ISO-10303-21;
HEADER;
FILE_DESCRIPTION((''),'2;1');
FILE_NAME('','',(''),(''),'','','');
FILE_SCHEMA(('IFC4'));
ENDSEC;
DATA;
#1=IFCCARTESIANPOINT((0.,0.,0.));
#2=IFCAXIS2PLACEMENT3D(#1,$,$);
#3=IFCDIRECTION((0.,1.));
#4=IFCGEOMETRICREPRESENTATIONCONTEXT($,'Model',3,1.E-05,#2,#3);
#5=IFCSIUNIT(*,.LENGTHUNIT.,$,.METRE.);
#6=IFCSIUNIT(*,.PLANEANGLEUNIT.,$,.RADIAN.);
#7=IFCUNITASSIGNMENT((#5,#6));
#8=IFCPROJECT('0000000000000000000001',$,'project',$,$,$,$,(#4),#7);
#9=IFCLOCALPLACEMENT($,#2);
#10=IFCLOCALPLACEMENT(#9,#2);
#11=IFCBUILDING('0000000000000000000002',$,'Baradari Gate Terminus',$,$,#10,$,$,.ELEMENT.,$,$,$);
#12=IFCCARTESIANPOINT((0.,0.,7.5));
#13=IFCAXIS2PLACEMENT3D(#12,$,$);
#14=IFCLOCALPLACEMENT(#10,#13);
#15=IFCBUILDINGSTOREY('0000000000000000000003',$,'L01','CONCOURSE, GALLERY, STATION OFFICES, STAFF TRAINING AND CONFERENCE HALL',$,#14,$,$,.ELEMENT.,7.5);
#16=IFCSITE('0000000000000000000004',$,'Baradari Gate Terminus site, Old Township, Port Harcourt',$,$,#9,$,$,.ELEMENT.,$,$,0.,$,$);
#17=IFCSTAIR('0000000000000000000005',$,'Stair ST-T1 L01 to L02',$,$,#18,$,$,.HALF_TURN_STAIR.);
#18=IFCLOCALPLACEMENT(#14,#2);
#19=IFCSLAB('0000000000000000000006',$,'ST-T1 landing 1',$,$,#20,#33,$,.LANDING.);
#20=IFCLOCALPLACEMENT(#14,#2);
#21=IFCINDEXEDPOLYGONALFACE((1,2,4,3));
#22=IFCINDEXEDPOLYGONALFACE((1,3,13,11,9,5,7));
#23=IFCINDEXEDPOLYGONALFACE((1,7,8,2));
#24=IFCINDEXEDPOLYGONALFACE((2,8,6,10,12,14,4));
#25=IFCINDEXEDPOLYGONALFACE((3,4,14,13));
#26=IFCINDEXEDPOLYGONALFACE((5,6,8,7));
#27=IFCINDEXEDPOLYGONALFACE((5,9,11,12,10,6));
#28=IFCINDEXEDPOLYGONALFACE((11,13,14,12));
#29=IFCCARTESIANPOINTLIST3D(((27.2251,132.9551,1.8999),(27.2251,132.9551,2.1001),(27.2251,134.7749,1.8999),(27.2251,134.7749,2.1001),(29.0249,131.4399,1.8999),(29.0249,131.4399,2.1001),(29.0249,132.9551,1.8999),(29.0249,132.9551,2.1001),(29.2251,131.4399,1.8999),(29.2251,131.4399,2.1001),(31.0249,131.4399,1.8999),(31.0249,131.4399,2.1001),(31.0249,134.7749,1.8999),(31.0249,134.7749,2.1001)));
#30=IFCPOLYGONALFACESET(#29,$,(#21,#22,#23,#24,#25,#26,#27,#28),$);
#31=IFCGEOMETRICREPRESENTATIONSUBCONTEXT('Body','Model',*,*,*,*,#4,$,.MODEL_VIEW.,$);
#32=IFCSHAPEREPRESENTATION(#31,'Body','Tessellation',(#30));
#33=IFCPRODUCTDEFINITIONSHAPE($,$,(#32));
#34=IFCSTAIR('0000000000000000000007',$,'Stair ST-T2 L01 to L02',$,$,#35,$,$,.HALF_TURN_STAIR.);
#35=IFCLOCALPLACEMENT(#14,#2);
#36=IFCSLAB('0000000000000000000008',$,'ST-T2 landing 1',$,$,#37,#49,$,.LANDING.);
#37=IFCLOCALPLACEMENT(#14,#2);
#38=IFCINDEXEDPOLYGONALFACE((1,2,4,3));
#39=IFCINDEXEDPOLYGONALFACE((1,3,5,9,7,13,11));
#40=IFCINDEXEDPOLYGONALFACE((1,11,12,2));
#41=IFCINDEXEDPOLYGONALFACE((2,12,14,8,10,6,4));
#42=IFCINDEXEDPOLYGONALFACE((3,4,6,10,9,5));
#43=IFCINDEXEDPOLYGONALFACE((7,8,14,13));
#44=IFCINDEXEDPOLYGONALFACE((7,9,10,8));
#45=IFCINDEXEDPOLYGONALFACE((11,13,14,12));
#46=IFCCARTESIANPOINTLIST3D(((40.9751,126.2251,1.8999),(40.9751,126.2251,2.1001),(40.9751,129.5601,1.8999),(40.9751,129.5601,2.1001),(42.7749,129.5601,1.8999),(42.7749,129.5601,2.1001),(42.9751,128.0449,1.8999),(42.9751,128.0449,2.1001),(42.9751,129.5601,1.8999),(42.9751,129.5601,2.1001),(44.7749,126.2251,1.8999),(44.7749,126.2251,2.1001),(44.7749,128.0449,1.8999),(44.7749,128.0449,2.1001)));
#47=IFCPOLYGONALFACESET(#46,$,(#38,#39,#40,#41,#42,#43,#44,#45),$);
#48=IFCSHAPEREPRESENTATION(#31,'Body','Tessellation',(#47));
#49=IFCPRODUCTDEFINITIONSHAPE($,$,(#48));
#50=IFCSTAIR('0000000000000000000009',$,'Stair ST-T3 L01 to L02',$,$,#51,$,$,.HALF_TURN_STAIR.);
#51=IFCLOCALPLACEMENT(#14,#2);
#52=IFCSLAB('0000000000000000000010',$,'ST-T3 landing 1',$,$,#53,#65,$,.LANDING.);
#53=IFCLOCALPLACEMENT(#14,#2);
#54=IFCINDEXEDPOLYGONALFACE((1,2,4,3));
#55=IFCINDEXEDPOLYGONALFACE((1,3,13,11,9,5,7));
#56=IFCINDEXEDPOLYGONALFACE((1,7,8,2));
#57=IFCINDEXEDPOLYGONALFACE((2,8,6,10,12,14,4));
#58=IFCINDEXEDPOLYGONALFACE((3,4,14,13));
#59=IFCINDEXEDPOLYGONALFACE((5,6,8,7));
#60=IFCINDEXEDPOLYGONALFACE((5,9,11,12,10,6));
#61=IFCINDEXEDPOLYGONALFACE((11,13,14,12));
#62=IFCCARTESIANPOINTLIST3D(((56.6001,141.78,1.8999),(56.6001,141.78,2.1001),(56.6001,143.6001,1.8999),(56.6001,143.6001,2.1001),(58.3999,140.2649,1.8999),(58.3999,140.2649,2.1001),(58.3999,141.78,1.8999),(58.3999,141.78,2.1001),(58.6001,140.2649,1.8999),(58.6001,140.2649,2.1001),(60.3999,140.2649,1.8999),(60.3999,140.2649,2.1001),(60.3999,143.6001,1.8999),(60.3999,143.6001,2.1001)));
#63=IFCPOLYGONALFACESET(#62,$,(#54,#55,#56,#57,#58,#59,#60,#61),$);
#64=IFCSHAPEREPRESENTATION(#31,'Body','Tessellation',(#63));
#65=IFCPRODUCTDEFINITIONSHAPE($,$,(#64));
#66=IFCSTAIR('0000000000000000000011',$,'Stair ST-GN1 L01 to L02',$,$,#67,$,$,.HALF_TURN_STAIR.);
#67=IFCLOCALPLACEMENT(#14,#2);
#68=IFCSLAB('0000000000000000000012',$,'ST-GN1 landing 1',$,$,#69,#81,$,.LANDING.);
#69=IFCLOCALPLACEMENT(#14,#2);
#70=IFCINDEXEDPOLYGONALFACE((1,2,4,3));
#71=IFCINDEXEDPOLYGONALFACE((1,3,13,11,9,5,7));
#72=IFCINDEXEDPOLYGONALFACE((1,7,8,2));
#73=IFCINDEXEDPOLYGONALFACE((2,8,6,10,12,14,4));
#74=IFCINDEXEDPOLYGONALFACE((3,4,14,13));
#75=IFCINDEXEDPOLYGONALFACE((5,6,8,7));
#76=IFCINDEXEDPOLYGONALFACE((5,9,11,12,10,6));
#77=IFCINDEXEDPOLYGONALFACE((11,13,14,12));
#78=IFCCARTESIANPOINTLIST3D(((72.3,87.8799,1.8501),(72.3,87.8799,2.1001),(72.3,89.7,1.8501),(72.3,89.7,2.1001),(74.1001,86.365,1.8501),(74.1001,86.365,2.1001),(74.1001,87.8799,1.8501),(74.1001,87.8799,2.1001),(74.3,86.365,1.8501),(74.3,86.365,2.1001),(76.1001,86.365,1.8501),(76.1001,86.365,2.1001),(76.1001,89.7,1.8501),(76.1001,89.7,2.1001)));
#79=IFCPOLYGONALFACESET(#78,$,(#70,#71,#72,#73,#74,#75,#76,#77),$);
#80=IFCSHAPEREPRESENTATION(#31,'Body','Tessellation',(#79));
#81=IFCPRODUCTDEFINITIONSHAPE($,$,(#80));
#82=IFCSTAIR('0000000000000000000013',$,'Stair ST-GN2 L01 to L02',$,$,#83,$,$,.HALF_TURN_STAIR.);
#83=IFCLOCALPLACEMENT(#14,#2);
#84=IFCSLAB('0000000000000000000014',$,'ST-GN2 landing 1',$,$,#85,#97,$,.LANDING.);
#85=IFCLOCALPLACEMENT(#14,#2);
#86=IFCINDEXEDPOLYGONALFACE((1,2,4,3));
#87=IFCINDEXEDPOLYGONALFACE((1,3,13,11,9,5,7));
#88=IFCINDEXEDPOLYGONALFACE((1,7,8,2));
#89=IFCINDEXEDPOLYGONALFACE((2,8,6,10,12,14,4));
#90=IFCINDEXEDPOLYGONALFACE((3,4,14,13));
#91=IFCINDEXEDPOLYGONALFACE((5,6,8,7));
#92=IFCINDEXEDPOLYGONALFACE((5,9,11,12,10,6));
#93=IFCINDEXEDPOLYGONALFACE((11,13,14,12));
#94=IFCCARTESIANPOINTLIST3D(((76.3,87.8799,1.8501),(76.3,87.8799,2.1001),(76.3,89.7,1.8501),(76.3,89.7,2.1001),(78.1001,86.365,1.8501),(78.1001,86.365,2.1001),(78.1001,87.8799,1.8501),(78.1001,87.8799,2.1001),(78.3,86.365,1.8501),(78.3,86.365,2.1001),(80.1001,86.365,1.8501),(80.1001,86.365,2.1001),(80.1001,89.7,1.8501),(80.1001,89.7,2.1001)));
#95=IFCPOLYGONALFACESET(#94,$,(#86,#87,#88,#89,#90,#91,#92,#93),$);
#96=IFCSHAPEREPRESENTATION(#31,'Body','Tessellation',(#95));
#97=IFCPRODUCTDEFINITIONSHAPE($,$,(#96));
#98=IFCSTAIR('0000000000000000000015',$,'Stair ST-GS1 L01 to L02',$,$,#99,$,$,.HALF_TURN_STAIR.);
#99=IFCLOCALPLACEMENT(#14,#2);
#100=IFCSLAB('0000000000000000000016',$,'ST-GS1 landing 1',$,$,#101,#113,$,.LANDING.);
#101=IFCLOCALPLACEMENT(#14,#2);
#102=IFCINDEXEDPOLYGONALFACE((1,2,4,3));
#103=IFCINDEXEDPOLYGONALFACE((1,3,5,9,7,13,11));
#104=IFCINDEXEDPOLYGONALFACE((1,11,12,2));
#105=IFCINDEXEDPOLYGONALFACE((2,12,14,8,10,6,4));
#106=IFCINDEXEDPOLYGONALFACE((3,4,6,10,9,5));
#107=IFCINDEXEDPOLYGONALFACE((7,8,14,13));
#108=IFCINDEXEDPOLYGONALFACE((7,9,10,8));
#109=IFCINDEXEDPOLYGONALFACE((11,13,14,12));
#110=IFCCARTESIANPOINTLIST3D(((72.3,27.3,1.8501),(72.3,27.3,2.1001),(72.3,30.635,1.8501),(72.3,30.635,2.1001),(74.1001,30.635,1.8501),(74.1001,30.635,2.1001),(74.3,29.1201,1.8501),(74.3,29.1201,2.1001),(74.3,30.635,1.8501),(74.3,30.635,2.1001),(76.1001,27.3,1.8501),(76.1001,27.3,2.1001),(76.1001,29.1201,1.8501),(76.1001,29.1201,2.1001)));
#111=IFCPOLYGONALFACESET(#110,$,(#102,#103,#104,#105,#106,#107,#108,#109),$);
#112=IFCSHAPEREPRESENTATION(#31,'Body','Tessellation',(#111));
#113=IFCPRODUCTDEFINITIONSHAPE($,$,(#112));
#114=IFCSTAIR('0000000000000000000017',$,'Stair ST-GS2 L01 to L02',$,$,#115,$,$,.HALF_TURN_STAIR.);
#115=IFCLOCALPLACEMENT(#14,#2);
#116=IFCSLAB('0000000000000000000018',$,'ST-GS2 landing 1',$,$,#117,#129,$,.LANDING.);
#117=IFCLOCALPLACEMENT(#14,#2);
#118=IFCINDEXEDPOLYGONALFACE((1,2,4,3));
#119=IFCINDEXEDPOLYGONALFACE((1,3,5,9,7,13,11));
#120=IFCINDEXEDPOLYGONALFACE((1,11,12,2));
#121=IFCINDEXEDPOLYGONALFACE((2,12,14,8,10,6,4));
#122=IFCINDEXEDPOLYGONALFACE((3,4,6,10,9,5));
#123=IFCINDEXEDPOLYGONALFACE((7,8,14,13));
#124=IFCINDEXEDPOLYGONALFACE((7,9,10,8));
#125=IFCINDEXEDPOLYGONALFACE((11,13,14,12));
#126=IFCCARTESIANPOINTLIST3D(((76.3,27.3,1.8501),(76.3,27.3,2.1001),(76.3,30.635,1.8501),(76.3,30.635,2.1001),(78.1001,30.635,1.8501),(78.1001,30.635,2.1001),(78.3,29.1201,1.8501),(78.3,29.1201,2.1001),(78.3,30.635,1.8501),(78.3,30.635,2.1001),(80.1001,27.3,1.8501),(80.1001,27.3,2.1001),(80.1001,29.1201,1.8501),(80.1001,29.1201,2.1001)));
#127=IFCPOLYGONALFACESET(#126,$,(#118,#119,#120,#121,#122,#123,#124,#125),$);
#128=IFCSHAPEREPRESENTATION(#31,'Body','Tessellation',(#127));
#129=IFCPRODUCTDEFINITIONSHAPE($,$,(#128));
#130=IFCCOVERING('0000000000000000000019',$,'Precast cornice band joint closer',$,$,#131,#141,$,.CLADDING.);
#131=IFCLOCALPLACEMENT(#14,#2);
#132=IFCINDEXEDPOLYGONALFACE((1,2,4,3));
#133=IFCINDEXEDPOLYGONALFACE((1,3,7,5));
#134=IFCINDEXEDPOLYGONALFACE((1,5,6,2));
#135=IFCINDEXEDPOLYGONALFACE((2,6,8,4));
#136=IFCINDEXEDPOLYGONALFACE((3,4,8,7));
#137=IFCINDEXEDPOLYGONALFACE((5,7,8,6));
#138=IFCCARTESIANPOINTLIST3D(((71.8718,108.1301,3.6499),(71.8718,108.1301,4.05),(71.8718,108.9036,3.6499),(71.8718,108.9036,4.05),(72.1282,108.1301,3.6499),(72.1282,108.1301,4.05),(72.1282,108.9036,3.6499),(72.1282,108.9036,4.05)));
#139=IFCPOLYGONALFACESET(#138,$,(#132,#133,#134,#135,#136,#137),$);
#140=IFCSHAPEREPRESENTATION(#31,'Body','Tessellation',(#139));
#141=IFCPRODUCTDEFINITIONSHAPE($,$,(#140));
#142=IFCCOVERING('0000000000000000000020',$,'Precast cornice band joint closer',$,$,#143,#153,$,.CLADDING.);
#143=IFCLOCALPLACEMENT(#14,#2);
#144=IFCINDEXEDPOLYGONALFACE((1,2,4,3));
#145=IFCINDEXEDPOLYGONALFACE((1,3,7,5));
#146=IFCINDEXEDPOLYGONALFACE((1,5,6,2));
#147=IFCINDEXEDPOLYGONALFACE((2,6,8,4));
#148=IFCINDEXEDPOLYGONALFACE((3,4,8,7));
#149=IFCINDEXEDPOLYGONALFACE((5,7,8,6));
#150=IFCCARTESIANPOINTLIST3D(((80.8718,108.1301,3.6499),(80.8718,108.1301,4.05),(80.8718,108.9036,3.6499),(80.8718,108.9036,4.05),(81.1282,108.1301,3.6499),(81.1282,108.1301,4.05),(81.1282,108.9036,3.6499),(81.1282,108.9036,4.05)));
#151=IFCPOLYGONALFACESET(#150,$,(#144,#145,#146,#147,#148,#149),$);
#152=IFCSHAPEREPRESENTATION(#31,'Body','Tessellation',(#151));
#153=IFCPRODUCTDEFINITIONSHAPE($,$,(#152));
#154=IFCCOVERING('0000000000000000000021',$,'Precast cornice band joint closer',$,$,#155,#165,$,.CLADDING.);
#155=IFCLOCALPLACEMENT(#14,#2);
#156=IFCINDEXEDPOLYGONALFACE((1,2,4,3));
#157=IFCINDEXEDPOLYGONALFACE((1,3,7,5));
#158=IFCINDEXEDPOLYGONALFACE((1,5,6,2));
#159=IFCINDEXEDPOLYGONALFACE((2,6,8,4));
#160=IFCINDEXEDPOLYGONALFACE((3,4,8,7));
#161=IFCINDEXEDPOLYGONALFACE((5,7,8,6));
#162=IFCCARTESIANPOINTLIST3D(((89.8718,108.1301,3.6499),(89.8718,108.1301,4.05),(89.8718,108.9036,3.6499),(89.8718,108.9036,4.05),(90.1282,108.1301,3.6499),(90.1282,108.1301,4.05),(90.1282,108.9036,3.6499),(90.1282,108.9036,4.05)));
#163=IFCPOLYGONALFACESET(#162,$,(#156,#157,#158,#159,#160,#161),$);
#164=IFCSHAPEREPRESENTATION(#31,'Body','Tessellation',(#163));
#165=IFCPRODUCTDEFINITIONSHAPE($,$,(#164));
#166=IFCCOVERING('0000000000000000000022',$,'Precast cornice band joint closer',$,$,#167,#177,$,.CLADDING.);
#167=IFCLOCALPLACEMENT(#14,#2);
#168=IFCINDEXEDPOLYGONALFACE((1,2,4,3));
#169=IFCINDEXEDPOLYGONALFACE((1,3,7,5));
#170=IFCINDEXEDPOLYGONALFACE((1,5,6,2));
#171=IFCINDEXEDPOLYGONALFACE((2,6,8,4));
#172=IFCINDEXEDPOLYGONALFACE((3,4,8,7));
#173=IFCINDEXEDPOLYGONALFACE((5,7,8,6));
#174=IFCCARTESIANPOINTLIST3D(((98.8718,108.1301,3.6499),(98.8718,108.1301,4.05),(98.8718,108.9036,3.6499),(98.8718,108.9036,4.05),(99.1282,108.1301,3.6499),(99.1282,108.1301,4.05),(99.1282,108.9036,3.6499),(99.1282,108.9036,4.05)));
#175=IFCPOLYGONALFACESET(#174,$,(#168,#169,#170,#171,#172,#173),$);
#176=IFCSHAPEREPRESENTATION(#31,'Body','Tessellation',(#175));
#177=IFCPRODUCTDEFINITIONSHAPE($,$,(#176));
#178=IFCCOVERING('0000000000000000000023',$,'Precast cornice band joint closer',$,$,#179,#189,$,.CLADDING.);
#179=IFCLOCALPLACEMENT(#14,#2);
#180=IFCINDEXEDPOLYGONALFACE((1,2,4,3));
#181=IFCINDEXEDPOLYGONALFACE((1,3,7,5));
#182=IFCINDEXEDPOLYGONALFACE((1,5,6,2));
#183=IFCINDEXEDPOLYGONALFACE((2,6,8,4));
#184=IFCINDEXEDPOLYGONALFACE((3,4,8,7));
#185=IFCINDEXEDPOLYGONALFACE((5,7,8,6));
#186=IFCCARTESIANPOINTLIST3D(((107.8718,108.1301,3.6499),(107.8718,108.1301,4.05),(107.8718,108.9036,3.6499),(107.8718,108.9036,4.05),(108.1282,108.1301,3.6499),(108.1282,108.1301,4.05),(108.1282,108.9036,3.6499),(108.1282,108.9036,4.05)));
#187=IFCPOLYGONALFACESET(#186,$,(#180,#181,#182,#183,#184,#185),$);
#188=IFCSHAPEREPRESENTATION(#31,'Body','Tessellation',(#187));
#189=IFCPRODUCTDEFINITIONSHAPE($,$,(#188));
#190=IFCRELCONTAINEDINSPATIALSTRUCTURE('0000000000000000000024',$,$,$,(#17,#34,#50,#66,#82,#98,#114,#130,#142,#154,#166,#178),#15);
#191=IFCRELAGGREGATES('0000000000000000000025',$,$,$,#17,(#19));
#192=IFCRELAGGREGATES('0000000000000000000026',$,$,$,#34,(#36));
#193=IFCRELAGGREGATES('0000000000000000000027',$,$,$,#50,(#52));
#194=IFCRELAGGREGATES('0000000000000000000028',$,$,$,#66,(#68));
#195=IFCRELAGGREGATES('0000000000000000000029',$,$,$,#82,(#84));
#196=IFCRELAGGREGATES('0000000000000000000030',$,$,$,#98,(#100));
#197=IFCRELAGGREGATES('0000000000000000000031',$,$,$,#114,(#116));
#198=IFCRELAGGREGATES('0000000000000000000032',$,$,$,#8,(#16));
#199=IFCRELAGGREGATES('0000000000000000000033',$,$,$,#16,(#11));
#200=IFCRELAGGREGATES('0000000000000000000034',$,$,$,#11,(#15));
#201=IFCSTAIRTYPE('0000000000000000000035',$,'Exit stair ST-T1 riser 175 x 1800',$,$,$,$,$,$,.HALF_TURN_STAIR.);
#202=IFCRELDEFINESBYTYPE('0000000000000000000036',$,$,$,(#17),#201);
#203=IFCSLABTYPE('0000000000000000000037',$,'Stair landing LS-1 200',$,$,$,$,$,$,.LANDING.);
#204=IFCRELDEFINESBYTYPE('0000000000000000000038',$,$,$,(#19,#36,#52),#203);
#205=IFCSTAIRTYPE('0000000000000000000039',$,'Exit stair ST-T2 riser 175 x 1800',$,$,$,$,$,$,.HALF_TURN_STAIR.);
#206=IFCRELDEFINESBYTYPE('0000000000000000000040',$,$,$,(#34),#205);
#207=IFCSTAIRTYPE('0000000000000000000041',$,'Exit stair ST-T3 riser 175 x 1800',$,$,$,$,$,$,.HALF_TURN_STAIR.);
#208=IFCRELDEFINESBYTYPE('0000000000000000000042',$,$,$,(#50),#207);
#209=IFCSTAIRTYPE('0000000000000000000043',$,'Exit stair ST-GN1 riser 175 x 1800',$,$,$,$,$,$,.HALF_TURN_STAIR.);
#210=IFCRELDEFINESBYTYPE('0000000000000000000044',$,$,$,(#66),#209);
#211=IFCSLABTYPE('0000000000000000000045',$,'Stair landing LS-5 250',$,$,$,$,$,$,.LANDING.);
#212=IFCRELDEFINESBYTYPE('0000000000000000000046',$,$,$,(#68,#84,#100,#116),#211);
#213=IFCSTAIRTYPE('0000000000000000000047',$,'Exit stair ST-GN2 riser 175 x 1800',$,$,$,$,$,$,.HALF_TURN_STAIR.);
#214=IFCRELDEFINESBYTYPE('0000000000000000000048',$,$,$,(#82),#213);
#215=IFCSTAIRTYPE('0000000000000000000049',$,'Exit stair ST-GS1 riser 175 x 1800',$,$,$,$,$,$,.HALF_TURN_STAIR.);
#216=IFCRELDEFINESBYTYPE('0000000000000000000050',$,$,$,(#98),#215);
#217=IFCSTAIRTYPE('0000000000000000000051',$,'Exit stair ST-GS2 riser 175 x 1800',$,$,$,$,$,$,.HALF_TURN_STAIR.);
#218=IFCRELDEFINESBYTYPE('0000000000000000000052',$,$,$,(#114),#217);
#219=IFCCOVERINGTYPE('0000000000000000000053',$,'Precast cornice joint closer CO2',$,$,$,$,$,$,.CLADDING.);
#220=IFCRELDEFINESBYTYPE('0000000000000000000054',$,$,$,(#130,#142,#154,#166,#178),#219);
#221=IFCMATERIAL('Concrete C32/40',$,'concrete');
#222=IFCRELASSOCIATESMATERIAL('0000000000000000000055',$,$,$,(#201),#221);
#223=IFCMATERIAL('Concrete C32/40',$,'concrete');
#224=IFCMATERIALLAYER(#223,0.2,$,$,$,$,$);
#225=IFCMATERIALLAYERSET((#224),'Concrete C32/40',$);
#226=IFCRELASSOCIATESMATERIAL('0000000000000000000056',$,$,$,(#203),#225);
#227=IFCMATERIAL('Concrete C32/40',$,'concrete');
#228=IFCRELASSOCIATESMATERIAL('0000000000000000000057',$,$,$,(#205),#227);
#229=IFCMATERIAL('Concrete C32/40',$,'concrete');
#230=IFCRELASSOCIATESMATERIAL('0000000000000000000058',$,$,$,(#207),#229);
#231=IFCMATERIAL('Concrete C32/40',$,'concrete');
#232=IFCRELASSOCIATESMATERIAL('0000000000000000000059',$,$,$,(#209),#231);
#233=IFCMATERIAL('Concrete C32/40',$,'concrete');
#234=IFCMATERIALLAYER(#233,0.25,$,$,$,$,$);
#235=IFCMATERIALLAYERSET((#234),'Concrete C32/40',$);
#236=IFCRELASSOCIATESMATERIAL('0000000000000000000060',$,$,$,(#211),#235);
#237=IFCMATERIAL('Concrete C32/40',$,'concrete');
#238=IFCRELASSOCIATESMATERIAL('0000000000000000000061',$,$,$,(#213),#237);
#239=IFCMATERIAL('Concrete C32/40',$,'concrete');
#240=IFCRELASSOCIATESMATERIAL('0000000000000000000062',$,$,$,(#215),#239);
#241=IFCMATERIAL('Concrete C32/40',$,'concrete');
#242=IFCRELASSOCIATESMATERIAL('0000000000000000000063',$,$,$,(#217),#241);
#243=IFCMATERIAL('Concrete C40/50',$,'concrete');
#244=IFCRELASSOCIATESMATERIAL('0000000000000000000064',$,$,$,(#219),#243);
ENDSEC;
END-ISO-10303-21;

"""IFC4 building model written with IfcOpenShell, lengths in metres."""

from ifc_helpers import new_model, si_unit, direction, frame, origin, place, context, subcontext, project, spatial, polyline, outline, extrude, material, layer, layer_set, type_object, element, aggregate, save


model = new_model("IFC4")

# Units and contexts
model_context = context("Model", 3, precision=1e-05, world=origin(), true_north=direction((0.0, 1.0)))
body_context = subcontext(model_context, "Body", "Model", "MODEL_VIEW")
ifc_project = project(units=[si_unit("LENGTHUNIT", "METRE"), si_unit("PLANEANGLEUNIT", "RADIAN")], contexts=[model_context])

# Site, building, storey
site_placement = place(None, origin())
site = spatial("IfcSite", under=ifc_project, at=site_placement, Name="Baradari Gate Terminus site, Old Township, Port Harcourt", CompositionType="ELEMENT", RefElevation=0.0)
building_placement = place(site_placement, origin())
building = spatial("IfcBuilding", under=site, at=building_placement, Name="Baradari Gate Terminus", CompositionType="ELEMENT")
storey_placement = place(building_placement, frame((0.0, 0.0, 7.5)))
storey = spatial("IfcBuildingStorey", under=building, at=storey_placement, Name="L01", Description="CONCOURSE, GALLERY, STATION OFFICES, STAFF TRAINING AND CONFERENCE HALL", CompositionType="ELEMENT", Elevation=7.5)

# Stairs, slabs
ifc_material_1 = material(Name="Concrete C32/40", Category="concrete")
stair_type_1 = type_object("IfcStairType", Name="Exit stair ST-T1 riser 175 x 1800", PredefinedType="HALF_TURN_STAIR", material=ifc_material_1)
stair_1_placement = place(storey_placement, origin())
stair_1 = element("IfcStair", 1, at=stair_1_placement, inside=storey, type_object=stair_type_1, Name="Stair ST-T1 L01 to L02", PredefinedType="HALF_TURN_STAIR")
ifc_material_2 = material(Name="Concrete C32/40", Category="concrete")
ifc_layer_1 = layer(ifc_material_2, 0.2)
ifc_layer_set_1 = layer_set([ifc_layer_1], Name="Concrete C32/40")
slab_type_1 = type_object("IfcSlabType", Name="Stair landing LS-1 200", PredefinedType="LANDING", material=ifc_layer_set_1)
slab_1_placement = place(storey_placement, frame((0.0, 0.0, 1.8999)))
slab_1 = element("IfcSlab", 2, at=slab_1_placement, type_object=slab_type_1, Name="ST-T1 landing 1", PredefinedType="LANDING", context=body_context, shape_type="SweptSolid", body=[
    extrude(outline(polyline([(27.2251, 134.7749), (27.2251, 132.9551), (29.0249, 132.9551), (29.0249, 131.4399), (29.2251, 131.4399), (31.0249, 131.4399), (31.0249, 134.7749), (27.2251, 134.7749)])), origin(), (0.0, 0.0, 1.0), 0.2002),
])
aggregate(stair_1, [slab_1])
ifc_material_3 = material(Name="Concrete C32/40", Category="concrete")
stair_type_2 = type_object("IfcStairType", Name="Exit stair ST-T2 riser 175 x 1800", PredefinedType="HALF_TURN_STAIR", material=ifc_material_3)
stair_2_placement = place(storey_placement, origin())
stair_2 = element("IfcStair", 3, at=stair_2_placement, inside=storey, type_object=stair_type_2, Name="Stair ST-T2 L01 to L02", PredefinedType="HALF_TURN_STAIR")
slab_2_placement = place(storey_placement, frame((0.0, 0.0, 1.8999)))
slab_2 = element("IfcSlab", 4, at=slab_2_placement, type_object=slab_type_1, Name="ST-T2 landing 1", PredefinedType="LANDING", context=body_context, shape_type="SweptSolid", body=[
    extrude(outline(polyline([(44.7749, 126.2251), (44.7749, 128.0449), (42.9751, 128.0449), (42.9751, 129.5601), (42.7749, 129.5601), (40.9751, 129.5601), (40.9751, 126.2251), (44.7749, 126.2251)])), origin(), (0.0, 0.0, 1.0), 0.2002),
])
aggregate(stair_2, [slab_2])
ifc_material_4 = material(Name="Concrete C32/40", Category="concrete")
stair_type_3 = type_object("IfcStairType", Name="Exit stair ST-T3 riser 175 x 1800", PredefinedType="HALF_TURN_STAIR", material=ifc_material_4)
stair_3_placement = place(storey_placement, origin())
stair_3 = element("IfcStair", 5, at=stair_3_placement, inside=storey, type_object=stair_type_3, Name="Stair ST-T3 L01 to L02", PredefinedType="HALF_TURN_STAIR")
slab_3_placement = place(storey_placement, frame((0.0, 0.0, 1.8999)))
slab_3 = element("IfcSlab", 6, at=slab_3_placement, type_object=slab_type_1, Name="ST-T3 landing 1", PredefinedType="LANDING", context=body_context, shape_type="SweptSolid", body=[
    extrude(outline(polyline([(56.6001, 143.6001), (56.6001, 141.78), (58.3999, 141.78), (58.3999, 140.2649), (58.6001, 140.2649), (60.3999, 140.2649), (60.3999, 143.6001), (56.6001, 143.6001)])), origin(), (0.0, 0.0, 1.0), 0.2002),
])
aggregate(stair_3, [slab_3])
ifc_material_5 = material(Name="Concrete C32/40", Category="concrete")
stair_type_4 = type_object("IfcStairType", Name="Exit stair ST-GN1 riser 175 x 1800", PredefinedType="HALF_TURN_STAIR", material=ifc_material_5)
stair_4_placement = place(storey_placement, origin())
stair_4 = element("IfcStair", 7, at=stair_4_placement, inside=storey, type_object=stair_type_4, Name="Stair ST-GN1 L01 to L02", PredefinedType="HALF_TURN_STAIR")
ifc_material_6 = material(Name="Concrete C32/40", Category="concrete")
ifc_layer_2 = layer(ifc_material_6, 0.25)
ifc_layer_set_2 = layer_set([ifc_layer_2], Name="Concrete C32/40")
slab_type_2 = type_object("IfcSlabType", Name="Stair landing LS-5 250", PredefinedType="LANDING", material=ifc_layer_set_2)
slab_4_placement = place(storey_placement, frame((0.0, 0.0, 1.8501)))
slab_4 = element("IfcSlab", 8, at=slab_4_placement, type_object=slab_type_2, Name="ST-GN1 landing 1", PredefinedType="LANDING", context=body_context, shape_type="SweptSolid", body=[
    extrude(outline(polyline([(72.3, 89.7), (72.3, 87.8799), (74.1001, 87.8799), (74.1001, 86.365), (74.3, 86.365), (76.1001, 86.365), (76.1001, 89.7), (72.3, 89.7)])), origin(), (0.0, 0.0, 1.0), 0.25),
])
aggregate(stair_4, [slab_4])
ifc_material_7 = material(Name="Concrete C32/40", Category="concrete")
stair_type_5 = type_object("IfcStairType", Name="Exit stair ST-GN2 riser 175 x 1800", PredefinedType="HALF_TURN_STAIR", material=ifc_material_7)
stair_5_placement = place(storey_placement, origin())
stair_5 = element("IfcStair", 9, at=stair_5_placement, inside=storey, type_object=stair_type_5, Name="Stair ST-GN2 L01 to L02", PredefinedType="HALF_TURN_STAIR")
slab_5_placement = place(storey_placement, frame((0.0, 0.0, 1.8501)))
slab_5 = element("IfcSlab", 10, at=slab_5_placement, type_object=slab_type_2, Name="ST-GN2 landing 1", PredefinedType="LANDING", context=body_context, shape_type="SweptSolid", body=[
    extrude(outline(polyline([(76.3, 89.7), (76.3, 87.8799), (78.1001, 87.8799), (78.1001, 86.365), (78.3, 86.365), (80.1001, 86.365), (80.1001, 89.7), (76.3, 89.7)])), origin(), (0.0, 0.0, 1.0), 0.25),
])
aggregate(stair_5, [slab_5])
ifc_material_8 = material(Name="Concrete C32/40", Category="concrete")
stair_type_6 = type_object("IfcStairType", Name="Exit stair ST-GS1 riser 175 x 1800", PredefinedType="HALF_TURN_STAIR", material=ifc_material_8)
stair_6_placement = place(storey_placement, origin())
stair_6 = element("IfcStair", 11, at=stair_6_placement, inside=storey, type_object=stair_type_6, Name="Stair ST-GS1 L01 to L02", PredefinedType="HALF_TURN_STAIR")
slab_6_placement = place(storey_placement, frame((0.0, 0.0, 1.8501)))
slab_6 = element("IfcSlab", 12, at=slab_6_placement, type_object=slab_type_2, Name="ST-GS1 landing 1", PredefinedType="LANDING", context=body_context, shape_type="SweptSolid", body=[
    extrude(outline(polyline([(76.1001, 27.3), (76.1001, 29.1201), (74.3, 29.1201), (74.3, 30.635), (74.1001, 30.635), (72.3, 30.635), (72.3, 27.3), (76.1001, 27.3)])), origin(), (0.0, 0.0, 1.0), 0.25),
])
aggregate(stair_6, [slab_6])
ifc_material_9 = material(Name="Concrete C32/40", Category="concrete")
stair_type_7 = type_object("IfcStairType", Name="Exit stair ST-GS2 riser 175 x 1800", PredefinedType="HALF_TURN_STAIR", material=ifc_material_9)
stair_7_placement = place(storey_placement, origin())
stair_7 = element("IfcStair", 13, at=stair_7_placement, inside=storey, type_object=stair_type_7, Name="Stair ST-GS2 L01 to L02", PredefinedType="HALF_TURN_STAIR")
slab_7_placement = place(storey_placement, frame((0.0, 0.0, 1.8501)))
slab_7 = element("IfcSlab", 14, at=slab_7_placement, type_object=slab_type_2, Name="ST-GS2 landing 1", PredefinedType="LANDING", context=body_context, shape_type="SweptSolid", body=[
    extrude(outline(polyline([(80.1001, 27.3), (80.1001, 29.1201), (78.3, 29.1201), (78.3, 30.635), (78.1001, 30.635), (76.3, 30.635), (76.3, 27.3), (80.1001, 27.3)])), origin(), (0.0, 0.0, 1.0), 0.25),
])
aggregate(stair_7, [slab_7])

# Coverings
ifc_material_10 = material(Name="Concrete C40/50", Category="concrete")
covering_type_1 = type_object("IfcCoveringType", Name="Precast cornice joint closer CO2", PredefinedType="CLADDING", material=ifc_material_10)
covering_1_placement = place(storey_placement, frame((0.0, 0.0, 3.6499)))
element("IfcCovering", 15, at=covering_1_placement, inside=storey, type_object=covering_type_1, Name="Precast cornice band joint closer", PredefinedType="CLADDING", context=body_context, shape_type="SweptSolid", body=[
    extrude(outline(polyline([(71.8718, 108.9036), (72.1282, 108.9036), (72.1282, 108.1301), (71.8718, 108.1301), (71.8718, 108.9036)])), origin(), (0.0, 0.0, 1.0), 0.4001),
])
covering_2_placement = place(storey_placement, frame((0.0, 0.0, 3.6499)))
element("IfcCovering", 16, at=covering_2_placement, inside=storey, type_object=covering_type_1, Name="Precast cornice band joint closer", PredefinedType="CLADDING", context=body_context, shape_type="SweptSolid", body=[
    extrude(outline(polyline([(80.8718, 108.9036), (81.1282, 108.9036), (81.1282, 108.1301), (80.8718, 108.1301), (80.8718, 108.9036)])), origin(), (0.0, 0.0, 1.0), 0.4001),
])
covering_3_placement = place(storey_placement, frame((0.0, 0.0, 3.6499)))
element("IfcCovering", 17, at=covering_3_placement, inside=storey, type_object=covering_type_1, Name="Precast cornice band joint closer", PredefinedType="CLADDING", context=body_context, shape_type="SweptSolid", body=[
    extrude(outline(polyline([(89.8718, 108.9036), (90.1282, 108.9036), (90.1282, 108.1301), (89.8718, 108.1301), (89.8718, 108.9036)])), origin(), (0.0, 0.0, 1.0), 0.4001),
])
covering_4_placement = place(storey_placement, frame((0.0, 0.0, 3.6499)))
element("IfcCovering", 18, at=covering_4_placement, inside=storey, type_object=covering_type_1, Name="Precast cornice band joint closer", PredefinedType="CLADDING", context=body_context, shape_type="SweptSolid", body=[
    extrude(outline(polyline([(98.8718, 108.9036), (99.1282, 108.9036), (99.1282, 108.1301), (98.8718, 108.1301), (98.8718, 108.9036)])), origin(), (0.0, 0.0, 1.0), 0.4001),
])
covering_5_placement = place(storey_placement, frame((0.0, 0.0, 3.6499)))
element("IfcCovering", 19, at=covering_5_placement, inside=storey, type_object=covering_type_1, Name="Precast cornice band joint closer", PredefinedType="CLADDING", context=body_context, shape_type="SweptSolid", body=[
    extrude(outline(polyline([(107.8718, 108.9036), (108.1282, 108.9036), (108.1282, 108.1301), (107.8718, 108.1301), (107.8718, 108.9036)])), origin(), (0.0, 0.0, 1.0), 0.4001),
])

save(model, "model.ifc")
